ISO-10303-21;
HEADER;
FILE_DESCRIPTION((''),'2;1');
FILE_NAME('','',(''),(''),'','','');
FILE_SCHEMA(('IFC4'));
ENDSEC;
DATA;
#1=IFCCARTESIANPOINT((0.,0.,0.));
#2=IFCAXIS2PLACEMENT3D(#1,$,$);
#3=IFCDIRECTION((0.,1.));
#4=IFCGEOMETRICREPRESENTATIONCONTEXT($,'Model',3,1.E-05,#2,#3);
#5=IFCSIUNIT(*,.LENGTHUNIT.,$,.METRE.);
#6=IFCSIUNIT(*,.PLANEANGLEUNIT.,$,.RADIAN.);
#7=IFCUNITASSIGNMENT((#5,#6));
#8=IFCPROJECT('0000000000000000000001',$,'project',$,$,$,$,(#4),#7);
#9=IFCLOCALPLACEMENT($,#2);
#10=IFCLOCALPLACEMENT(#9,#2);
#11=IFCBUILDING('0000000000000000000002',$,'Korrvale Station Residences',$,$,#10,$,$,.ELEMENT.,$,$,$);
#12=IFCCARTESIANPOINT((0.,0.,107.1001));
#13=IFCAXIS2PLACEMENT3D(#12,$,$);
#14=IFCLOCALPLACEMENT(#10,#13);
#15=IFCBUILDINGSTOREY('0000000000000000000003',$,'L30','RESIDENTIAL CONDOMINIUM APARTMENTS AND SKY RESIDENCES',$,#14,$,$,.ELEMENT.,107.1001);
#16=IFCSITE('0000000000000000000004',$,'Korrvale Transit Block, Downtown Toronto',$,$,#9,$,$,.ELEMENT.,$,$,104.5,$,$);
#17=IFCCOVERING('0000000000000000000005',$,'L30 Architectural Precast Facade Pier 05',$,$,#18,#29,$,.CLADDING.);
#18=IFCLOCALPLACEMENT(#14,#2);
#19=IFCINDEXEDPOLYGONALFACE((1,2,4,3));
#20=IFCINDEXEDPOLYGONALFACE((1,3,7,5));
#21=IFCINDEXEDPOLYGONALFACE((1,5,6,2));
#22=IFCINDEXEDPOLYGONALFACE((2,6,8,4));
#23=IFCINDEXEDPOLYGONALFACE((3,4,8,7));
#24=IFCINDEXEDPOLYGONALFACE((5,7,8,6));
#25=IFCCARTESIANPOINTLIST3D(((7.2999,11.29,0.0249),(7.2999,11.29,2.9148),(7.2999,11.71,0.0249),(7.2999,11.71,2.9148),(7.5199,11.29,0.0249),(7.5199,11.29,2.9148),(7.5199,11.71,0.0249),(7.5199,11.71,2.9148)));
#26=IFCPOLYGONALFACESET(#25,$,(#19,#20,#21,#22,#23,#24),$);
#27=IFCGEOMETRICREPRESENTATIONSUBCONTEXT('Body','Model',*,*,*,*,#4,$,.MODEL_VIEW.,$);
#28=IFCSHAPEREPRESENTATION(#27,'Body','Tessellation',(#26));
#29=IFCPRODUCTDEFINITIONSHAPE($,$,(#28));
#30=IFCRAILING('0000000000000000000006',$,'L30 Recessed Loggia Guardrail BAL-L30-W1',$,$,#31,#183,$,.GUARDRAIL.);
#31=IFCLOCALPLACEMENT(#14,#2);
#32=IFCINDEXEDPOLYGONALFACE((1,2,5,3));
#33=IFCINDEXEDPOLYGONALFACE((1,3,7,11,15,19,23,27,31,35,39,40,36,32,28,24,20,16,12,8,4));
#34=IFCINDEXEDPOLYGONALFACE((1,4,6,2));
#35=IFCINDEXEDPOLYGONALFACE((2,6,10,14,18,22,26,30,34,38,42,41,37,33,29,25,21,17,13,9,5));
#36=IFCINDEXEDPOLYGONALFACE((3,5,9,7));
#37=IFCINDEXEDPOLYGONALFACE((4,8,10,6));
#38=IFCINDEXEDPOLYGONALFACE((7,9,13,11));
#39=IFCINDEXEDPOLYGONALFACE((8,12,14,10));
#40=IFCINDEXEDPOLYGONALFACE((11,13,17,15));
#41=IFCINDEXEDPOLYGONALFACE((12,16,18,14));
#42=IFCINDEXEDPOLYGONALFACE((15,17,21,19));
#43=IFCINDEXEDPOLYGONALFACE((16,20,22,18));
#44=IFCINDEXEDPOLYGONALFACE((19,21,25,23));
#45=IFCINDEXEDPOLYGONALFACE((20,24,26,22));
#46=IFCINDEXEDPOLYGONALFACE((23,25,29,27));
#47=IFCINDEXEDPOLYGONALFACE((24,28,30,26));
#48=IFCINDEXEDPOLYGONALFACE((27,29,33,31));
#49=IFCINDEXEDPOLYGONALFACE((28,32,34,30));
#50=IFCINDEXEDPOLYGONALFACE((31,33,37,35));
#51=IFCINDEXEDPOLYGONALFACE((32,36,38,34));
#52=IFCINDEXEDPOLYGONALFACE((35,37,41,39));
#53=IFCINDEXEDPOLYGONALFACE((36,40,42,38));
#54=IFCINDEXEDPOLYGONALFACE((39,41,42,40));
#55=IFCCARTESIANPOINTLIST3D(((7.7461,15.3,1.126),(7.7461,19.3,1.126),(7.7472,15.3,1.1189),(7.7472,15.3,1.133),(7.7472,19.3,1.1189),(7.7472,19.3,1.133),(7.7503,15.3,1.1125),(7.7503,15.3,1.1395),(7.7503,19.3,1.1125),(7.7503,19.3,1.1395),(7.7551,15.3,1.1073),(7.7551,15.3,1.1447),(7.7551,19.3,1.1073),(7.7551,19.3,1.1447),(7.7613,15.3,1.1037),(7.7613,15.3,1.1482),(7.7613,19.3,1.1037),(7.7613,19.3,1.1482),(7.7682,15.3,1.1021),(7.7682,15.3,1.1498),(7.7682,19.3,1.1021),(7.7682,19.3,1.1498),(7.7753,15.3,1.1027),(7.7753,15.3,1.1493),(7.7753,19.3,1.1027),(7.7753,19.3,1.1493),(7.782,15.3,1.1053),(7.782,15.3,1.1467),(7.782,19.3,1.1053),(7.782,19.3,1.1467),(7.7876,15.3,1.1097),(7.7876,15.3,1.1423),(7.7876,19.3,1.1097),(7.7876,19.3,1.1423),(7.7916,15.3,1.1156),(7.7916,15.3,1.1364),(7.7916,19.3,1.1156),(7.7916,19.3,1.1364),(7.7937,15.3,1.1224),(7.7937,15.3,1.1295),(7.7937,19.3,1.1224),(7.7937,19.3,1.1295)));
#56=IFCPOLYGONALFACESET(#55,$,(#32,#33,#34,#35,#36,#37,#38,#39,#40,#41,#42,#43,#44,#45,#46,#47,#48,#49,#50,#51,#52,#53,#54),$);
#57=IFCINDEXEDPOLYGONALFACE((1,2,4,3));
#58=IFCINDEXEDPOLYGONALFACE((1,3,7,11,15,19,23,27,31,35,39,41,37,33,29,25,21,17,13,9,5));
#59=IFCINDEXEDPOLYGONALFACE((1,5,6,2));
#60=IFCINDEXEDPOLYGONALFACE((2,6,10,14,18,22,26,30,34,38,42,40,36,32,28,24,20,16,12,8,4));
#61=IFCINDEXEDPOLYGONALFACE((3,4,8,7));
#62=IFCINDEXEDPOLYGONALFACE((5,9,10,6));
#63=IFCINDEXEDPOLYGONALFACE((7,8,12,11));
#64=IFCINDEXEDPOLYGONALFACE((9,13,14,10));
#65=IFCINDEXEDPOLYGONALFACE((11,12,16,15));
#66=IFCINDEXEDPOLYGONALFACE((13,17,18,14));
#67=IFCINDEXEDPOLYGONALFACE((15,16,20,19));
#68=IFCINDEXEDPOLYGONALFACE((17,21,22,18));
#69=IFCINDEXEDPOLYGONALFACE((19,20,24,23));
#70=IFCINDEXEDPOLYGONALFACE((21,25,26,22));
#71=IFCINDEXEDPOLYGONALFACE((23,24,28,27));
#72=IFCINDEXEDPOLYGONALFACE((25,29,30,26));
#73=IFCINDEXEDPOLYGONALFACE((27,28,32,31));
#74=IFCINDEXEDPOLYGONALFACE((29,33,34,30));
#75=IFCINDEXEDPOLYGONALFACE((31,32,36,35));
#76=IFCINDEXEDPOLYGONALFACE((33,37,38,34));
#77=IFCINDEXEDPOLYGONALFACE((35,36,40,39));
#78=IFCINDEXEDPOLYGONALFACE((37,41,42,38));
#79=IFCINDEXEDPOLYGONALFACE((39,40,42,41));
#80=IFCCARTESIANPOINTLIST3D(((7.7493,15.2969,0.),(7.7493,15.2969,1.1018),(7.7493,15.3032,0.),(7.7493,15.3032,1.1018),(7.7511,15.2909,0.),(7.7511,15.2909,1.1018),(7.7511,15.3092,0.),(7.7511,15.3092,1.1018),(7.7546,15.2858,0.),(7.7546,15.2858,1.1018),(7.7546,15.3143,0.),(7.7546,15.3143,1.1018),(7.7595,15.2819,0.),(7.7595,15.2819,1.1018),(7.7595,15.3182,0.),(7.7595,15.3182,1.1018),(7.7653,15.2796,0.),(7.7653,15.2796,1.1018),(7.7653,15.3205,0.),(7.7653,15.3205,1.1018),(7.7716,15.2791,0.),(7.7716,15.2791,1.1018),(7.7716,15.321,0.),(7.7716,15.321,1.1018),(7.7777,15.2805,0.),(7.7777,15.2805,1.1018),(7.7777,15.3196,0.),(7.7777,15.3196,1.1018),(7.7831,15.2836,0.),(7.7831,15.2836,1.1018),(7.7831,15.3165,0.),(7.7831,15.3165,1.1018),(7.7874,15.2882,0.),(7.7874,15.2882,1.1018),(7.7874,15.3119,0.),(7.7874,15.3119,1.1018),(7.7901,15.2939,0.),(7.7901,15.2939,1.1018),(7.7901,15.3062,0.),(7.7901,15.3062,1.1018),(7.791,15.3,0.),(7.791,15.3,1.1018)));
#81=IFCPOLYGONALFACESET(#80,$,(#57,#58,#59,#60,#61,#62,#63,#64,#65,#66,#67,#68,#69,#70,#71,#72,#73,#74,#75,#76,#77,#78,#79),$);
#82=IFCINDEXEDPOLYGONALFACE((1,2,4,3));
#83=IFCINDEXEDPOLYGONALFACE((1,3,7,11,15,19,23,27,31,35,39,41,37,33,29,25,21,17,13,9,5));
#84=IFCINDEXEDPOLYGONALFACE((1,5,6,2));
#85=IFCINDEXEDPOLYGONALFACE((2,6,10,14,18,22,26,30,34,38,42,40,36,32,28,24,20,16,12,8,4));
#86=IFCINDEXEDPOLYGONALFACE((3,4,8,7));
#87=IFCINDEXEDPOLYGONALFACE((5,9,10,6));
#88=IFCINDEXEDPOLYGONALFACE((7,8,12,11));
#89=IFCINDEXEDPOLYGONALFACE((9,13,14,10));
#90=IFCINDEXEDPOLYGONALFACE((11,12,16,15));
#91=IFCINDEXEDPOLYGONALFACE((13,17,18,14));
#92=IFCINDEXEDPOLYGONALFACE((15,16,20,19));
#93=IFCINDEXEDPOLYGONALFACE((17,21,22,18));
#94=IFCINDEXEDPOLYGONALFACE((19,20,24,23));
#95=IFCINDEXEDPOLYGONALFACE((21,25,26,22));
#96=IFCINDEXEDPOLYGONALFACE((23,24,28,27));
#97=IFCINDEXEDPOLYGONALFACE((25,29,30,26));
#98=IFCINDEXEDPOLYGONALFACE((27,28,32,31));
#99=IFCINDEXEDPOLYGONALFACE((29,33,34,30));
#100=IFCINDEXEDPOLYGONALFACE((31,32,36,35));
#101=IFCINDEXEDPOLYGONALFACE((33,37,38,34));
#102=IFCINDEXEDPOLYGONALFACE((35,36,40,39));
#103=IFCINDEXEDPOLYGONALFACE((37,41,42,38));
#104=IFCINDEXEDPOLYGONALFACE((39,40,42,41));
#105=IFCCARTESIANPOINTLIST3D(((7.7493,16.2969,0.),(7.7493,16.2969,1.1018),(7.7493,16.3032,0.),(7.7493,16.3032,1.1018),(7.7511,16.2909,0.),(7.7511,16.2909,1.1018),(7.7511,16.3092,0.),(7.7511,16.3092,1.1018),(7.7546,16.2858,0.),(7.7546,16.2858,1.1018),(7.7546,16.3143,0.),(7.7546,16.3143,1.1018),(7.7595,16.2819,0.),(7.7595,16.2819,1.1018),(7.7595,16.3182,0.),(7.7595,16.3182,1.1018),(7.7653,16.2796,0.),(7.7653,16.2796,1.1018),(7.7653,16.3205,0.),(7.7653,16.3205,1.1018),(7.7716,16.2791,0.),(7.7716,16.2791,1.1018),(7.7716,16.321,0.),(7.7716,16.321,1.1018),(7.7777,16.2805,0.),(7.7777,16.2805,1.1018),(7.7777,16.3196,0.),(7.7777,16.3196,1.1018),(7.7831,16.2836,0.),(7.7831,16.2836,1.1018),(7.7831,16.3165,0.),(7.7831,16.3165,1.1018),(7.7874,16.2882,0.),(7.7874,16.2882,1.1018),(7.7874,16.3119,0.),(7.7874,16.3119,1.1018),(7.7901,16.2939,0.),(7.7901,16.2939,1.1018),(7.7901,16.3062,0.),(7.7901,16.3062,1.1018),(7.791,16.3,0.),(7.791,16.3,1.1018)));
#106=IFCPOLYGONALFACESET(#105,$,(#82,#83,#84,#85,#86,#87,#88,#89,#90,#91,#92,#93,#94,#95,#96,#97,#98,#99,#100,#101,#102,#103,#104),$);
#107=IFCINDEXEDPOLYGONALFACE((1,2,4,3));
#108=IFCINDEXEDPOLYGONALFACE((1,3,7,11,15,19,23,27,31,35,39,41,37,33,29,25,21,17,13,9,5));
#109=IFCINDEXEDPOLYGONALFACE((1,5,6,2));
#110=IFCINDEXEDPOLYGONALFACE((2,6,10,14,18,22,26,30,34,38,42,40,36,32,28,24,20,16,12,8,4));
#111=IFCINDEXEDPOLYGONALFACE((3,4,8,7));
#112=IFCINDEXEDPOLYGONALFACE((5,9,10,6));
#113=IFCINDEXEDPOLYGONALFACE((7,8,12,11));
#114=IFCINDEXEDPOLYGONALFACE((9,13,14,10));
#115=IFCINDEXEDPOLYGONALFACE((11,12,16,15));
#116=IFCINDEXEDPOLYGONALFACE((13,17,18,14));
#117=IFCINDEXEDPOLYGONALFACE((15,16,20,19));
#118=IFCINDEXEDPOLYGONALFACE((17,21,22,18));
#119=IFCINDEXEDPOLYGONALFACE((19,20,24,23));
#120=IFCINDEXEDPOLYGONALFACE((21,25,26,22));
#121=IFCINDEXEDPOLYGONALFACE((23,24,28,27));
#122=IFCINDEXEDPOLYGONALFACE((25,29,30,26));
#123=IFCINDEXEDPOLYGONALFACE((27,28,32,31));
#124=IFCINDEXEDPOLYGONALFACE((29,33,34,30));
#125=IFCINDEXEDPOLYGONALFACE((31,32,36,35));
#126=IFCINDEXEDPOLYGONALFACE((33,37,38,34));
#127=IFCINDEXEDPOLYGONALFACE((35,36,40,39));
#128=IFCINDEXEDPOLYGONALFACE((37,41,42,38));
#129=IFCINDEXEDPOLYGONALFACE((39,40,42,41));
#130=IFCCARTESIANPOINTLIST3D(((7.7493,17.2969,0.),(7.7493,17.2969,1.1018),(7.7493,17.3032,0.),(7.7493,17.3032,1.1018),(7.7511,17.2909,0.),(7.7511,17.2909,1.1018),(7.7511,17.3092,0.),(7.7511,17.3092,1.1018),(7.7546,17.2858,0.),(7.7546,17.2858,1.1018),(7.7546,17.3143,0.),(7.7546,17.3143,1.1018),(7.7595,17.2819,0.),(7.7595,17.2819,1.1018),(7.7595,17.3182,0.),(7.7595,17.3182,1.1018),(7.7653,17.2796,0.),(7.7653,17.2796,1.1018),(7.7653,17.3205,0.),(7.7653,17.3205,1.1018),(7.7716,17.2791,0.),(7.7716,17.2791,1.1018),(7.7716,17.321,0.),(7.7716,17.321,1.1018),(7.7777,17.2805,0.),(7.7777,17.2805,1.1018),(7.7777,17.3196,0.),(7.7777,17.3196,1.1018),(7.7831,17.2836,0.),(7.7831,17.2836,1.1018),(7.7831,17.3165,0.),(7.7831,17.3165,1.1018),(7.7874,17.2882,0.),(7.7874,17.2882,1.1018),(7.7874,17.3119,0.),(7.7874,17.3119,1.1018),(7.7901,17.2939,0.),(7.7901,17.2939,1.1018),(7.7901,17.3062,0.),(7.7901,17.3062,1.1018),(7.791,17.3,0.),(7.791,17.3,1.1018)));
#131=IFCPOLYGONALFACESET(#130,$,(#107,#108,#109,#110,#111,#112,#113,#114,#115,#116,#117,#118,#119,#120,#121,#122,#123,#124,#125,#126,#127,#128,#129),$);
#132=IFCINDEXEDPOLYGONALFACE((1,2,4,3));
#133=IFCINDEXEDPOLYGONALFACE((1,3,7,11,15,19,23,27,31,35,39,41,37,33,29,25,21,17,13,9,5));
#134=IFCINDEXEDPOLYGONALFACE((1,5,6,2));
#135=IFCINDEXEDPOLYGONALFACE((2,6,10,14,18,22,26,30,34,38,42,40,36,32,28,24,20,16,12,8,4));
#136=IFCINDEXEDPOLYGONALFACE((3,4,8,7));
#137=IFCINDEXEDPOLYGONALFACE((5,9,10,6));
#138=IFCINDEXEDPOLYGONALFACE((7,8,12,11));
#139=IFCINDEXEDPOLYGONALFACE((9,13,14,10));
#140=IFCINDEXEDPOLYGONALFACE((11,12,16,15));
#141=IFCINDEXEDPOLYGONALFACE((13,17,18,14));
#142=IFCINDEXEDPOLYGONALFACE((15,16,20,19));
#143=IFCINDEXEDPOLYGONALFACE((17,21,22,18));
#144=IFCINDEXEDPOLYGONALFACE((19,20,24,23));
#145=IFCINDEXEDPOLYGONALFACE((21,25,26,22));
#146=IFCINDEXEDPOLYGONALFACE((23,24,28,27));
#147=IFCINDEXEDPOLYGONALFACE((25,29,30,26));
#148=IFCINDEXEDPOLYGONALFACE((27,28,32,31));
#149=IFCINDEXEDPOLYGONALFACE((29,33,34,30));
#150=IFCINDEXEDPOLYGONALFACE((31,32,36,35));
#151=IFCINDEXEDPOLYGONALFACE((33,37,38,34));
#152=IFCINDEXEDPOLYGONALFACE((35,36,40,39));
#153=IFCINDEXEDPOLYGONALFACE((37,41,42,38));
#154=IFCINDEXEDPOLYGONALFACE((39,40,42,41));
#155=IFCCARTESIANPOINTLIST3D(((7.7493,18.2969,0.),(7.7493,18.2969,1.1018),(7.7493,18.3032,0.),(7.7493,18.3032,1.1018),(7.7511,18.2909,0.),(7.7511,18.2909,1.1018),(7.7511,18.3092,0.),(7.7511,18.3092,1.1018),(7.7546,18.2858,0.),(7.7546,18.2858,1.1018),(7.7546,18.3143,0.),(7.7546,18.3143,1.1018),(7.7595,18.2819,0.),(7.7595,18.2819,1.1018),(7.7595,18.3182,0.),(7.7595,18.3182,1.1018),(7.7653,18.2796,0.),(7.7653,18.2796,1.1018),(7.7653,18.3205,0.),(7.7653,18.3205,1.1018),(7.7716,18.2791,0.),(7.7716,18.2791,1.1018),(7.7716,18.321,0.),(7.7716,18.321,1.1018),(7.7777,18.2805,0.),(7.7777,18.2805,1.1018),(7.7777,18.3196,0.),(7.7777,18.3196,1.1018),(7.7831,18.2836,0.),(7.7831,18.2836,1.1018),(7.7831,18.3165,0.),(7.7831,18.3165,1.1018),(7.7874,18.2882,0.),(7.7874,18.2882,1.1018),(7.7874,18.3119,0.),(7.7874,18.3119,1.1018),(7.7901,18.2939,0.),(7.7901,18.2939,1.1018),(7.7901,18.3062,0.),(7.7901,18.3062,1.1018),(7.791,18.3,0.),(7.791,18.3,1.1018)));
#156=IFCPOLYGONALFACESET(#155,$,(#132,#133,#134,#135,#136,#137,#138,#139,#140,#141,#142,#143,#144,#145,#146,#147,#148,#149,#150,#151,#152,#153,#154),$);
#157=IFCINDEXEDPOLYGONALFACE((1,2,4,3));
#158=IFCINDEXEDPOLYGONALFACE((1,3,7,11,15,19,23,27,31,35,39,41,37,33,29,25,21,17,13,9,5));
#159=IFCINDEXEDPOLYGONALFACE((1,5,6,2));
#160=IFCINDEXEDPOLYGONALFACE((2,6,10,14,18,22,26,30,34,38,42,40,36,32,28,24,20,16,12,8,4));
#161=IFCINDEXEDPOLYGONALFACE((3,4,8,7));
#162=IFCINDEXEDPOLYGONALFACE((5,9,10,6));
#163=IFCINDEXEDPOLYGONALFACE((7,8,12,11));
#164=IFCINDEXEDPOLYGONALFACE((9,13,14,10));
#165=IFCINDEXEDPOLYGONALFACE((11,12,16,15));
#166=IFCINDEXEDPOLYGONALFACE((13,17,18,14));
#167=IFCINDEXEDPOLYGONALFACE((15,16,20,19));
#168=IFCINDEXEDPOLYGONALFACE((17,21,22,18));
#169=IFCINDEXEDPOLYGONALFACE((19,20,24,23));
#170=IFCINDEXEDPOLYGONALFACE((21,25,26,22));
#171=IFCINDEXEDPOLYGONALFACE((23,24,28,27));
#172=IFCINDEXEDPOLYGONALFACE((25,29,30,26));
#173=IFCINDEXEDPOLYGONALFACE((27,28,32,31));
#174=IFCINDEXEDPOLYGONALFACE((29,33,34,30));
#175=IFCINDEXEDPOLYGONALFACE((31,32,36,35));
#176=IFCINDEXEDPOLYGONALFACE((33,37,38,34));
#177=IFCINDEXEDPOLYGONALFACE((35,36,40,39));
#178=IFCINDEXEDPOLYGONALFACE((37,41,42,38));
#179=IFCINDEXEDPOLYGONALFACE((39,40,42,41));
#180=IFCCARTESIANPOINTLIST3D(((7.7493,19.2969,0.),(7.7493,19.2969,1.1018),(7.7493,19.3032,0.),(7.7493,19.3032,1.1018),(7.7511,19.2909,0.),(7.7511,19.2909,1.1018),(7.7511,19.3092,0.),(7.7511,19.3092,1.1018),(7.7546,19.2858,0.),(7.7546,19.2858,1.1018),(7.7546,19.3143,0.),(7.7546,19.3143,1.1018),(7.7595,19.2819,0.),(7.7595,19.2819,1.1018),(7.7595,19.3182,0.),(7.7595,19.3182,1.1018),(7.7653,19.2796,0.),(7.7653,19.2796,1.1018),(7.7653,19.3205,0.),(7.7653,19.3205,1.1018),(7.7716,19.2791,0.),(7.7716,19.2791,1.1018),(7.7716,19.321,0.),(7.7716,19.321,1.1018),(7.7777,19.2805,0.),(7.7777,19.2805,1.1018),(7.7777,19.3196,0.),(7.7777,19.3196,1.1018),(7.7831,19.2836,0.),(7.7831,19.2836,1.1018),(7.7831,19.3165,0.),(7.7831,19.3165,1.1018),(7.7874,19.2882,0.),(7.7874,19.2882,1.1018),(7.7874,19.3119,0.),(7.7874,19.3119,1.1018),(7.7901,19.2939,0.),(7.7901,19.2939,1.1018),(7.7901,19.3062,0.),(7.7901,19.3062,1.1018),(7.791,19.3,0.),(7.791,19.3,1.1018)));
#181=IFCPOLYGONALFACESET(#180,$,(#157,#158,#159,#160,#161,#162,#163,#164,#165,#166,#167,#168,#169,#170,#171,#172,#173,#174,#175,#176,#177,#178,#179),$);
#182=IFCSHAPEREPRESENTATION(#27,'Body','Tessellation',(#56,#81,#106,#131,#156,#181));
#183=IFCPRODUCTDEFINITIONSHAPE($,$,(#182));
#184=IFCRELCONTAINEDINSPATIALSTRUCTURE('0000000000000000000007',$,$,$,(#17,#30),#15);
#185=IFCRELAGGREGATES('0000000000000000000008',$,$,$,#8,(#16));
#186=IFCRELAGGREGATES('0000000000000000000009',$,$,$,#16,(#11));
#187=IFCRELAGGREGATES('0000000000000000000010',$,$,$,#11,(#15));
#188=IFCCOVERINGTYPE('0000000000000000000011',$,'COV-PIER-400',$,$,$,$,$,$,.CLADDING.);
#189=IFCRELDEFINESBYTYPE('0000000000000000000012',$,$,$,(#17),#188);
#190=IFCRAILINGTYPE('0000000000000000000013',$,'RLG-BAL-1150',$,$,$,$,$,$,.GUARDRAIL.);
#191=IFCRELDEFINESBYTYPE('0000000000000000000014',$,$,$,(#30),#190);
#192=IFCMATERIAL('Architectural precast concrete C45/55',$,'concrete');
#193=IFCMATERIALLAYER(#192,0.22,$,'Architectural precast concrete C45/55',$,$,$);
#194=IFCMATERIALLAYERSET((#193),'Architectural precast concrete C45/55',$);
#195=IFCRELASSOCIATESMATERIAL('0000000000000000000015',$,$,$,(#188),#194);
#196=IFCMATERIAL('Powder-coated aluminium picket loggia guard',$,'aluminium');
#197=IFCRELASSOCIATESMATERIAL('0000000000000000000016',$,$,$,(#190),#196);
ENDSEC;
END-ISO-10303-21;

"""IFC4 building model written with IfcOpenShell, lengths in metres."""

from ifc_helpers import new_model, si_unit, direction, frame, origin, origin_2d, place, context, subcontext, project, spatial, rectangle, circle, extrude, material, layer, layer_set, type_object, element, save


model = new_model("IFC4")

# Units and contexts
model_context = context("Model", 3, precision=1e-05, world=origin(), true_north=direction((0.0, 1.0)))
body_context = subcontext(model_context, "Body", "Model", "MODEL_VIEW")
ifc_project = project(units=[si_unit("LENGTHUNIT", "METRE"), si_unit("PLANEANGLEUNIT", "RADIAN")], contexts=[model_context])

# Site, building, storey
site_placement = place(None, origin())
site = spatial("IfcSite", under=ifc_project, at=site_placement, Name="Korrvale Transit Block, Downtown Toronto", CompositionType="ELEMENT", RefElevation=104.5)
building_placement = place(site_placement, origin())
building = spatial("IfcBuilding", under=site, at=building_placement, Name="Korrvale Station Residences", CompositionType="ELEMENT")
storey_placement = place(building_placement, frame((0.0, 0.0, 107.1001)))
storey = spatial("IfcBuildingStorey", under=building, at=storey_placement, Name="L30", Description="RESIDENTIAL CONDOMINIUM APARTMENTS AND SKY RESIDENCES", CompositionType="ELEMENT", Elevation=107.1001)

# Covering
ifc_material_1 = material(Name="Architectural precast concrete C45/55", Category="concrete")
ifc_layer_1 = layer(ifc_material_1, 0.22, Name="Architectural precast concrete C45/55")
ifc_layer_set_1 = layer_set([ifc_layer_1], Name="Architectural precast concrete C45/55")
covering_type = type_object("IfcCoveringType", Name="COV-PIER-400", PredefinedType="CLADDING", material=ifc_layer_set_1)
for number, where, z_axis, x_axis, name in (
    (1, (7.4099, 11.5, 0.0249), (0.0, 0.0, 1.0), (0.0, 1.0, 0.0), "L30 Architectural Precast Facade Pier 05"),
):
    element("IfcCovering", number, at=place(storey_placement, frame(where, z_axis=z_axis, x_axis=x_axis)), inside=storey, type_object=covering_type, Name=name, PredefinedType="CLADDING", context=body_context, shape_type="SweptSolid", body=[
        extrude(rectangle(XDim=0.4199, YDim=0.22, at=origin_2d()), origin(), (0.0, 0.0, 1.0), 2.8899),
    ])

# Railing
ifc_material_2 = material(Name="Powder-coated aluminium picket loggia guard", Category="aluminium")
railing_type = type_object("IfcRailingType", Name="RLG-BAL-1150", PredefinedType="GUARDRAIL", material=ifc_material_2)
railing_placement = place(storey_placement, frame((7.77, 15.3, 0.0)))
element("IfcRailing", 2, at=railing_placement, inside=storey, type_object=railing_type, Name="L30 Recessed Loggia Guardrail BAL-L30-W1", PredefinedType="GUARDRAIL", context=body_context, shape_type="SweptSolid", body=[
    extrude(circle(Radius=0.0239, at=origin_2d()), frame((0.0, 0.0, 1.126), z_axis=(0.0, 1.0, 0.0), x_axis=(-1.0, 0.0, 0.0)), (0.0, 0.0, 1.0), 4.0),
    extrude(circle(Radius=0.021, at=origin_2d()), origin(), (0.0, 0.0, 1.0), 1.1018),
    extrude(circle(Radius=0.021, at=origin_2d()), frame((0.0, 1.0, 0.0)), (0.0, 0.0, 1.0), 1.1018),
    extrude(circle(Radius=0.021, at=origin_2d()), frame((0.0, 2.0, 0.0)), (0.0, 0.0, 1.0), 1.1018),
    extrude(circle(Radius=0.021, at=origin_2d()), frame((0.0, 3.0, 0.0)), (0.0, 0.0, 1.0), 1.1018),
    extrude(circle(Radius=0.021, at=origin_2d()), frame((0.0, 4.0, 0.0)), (0.0, 0.0, 1.0), 1.1018),
])

save(model, "model.ifc")
